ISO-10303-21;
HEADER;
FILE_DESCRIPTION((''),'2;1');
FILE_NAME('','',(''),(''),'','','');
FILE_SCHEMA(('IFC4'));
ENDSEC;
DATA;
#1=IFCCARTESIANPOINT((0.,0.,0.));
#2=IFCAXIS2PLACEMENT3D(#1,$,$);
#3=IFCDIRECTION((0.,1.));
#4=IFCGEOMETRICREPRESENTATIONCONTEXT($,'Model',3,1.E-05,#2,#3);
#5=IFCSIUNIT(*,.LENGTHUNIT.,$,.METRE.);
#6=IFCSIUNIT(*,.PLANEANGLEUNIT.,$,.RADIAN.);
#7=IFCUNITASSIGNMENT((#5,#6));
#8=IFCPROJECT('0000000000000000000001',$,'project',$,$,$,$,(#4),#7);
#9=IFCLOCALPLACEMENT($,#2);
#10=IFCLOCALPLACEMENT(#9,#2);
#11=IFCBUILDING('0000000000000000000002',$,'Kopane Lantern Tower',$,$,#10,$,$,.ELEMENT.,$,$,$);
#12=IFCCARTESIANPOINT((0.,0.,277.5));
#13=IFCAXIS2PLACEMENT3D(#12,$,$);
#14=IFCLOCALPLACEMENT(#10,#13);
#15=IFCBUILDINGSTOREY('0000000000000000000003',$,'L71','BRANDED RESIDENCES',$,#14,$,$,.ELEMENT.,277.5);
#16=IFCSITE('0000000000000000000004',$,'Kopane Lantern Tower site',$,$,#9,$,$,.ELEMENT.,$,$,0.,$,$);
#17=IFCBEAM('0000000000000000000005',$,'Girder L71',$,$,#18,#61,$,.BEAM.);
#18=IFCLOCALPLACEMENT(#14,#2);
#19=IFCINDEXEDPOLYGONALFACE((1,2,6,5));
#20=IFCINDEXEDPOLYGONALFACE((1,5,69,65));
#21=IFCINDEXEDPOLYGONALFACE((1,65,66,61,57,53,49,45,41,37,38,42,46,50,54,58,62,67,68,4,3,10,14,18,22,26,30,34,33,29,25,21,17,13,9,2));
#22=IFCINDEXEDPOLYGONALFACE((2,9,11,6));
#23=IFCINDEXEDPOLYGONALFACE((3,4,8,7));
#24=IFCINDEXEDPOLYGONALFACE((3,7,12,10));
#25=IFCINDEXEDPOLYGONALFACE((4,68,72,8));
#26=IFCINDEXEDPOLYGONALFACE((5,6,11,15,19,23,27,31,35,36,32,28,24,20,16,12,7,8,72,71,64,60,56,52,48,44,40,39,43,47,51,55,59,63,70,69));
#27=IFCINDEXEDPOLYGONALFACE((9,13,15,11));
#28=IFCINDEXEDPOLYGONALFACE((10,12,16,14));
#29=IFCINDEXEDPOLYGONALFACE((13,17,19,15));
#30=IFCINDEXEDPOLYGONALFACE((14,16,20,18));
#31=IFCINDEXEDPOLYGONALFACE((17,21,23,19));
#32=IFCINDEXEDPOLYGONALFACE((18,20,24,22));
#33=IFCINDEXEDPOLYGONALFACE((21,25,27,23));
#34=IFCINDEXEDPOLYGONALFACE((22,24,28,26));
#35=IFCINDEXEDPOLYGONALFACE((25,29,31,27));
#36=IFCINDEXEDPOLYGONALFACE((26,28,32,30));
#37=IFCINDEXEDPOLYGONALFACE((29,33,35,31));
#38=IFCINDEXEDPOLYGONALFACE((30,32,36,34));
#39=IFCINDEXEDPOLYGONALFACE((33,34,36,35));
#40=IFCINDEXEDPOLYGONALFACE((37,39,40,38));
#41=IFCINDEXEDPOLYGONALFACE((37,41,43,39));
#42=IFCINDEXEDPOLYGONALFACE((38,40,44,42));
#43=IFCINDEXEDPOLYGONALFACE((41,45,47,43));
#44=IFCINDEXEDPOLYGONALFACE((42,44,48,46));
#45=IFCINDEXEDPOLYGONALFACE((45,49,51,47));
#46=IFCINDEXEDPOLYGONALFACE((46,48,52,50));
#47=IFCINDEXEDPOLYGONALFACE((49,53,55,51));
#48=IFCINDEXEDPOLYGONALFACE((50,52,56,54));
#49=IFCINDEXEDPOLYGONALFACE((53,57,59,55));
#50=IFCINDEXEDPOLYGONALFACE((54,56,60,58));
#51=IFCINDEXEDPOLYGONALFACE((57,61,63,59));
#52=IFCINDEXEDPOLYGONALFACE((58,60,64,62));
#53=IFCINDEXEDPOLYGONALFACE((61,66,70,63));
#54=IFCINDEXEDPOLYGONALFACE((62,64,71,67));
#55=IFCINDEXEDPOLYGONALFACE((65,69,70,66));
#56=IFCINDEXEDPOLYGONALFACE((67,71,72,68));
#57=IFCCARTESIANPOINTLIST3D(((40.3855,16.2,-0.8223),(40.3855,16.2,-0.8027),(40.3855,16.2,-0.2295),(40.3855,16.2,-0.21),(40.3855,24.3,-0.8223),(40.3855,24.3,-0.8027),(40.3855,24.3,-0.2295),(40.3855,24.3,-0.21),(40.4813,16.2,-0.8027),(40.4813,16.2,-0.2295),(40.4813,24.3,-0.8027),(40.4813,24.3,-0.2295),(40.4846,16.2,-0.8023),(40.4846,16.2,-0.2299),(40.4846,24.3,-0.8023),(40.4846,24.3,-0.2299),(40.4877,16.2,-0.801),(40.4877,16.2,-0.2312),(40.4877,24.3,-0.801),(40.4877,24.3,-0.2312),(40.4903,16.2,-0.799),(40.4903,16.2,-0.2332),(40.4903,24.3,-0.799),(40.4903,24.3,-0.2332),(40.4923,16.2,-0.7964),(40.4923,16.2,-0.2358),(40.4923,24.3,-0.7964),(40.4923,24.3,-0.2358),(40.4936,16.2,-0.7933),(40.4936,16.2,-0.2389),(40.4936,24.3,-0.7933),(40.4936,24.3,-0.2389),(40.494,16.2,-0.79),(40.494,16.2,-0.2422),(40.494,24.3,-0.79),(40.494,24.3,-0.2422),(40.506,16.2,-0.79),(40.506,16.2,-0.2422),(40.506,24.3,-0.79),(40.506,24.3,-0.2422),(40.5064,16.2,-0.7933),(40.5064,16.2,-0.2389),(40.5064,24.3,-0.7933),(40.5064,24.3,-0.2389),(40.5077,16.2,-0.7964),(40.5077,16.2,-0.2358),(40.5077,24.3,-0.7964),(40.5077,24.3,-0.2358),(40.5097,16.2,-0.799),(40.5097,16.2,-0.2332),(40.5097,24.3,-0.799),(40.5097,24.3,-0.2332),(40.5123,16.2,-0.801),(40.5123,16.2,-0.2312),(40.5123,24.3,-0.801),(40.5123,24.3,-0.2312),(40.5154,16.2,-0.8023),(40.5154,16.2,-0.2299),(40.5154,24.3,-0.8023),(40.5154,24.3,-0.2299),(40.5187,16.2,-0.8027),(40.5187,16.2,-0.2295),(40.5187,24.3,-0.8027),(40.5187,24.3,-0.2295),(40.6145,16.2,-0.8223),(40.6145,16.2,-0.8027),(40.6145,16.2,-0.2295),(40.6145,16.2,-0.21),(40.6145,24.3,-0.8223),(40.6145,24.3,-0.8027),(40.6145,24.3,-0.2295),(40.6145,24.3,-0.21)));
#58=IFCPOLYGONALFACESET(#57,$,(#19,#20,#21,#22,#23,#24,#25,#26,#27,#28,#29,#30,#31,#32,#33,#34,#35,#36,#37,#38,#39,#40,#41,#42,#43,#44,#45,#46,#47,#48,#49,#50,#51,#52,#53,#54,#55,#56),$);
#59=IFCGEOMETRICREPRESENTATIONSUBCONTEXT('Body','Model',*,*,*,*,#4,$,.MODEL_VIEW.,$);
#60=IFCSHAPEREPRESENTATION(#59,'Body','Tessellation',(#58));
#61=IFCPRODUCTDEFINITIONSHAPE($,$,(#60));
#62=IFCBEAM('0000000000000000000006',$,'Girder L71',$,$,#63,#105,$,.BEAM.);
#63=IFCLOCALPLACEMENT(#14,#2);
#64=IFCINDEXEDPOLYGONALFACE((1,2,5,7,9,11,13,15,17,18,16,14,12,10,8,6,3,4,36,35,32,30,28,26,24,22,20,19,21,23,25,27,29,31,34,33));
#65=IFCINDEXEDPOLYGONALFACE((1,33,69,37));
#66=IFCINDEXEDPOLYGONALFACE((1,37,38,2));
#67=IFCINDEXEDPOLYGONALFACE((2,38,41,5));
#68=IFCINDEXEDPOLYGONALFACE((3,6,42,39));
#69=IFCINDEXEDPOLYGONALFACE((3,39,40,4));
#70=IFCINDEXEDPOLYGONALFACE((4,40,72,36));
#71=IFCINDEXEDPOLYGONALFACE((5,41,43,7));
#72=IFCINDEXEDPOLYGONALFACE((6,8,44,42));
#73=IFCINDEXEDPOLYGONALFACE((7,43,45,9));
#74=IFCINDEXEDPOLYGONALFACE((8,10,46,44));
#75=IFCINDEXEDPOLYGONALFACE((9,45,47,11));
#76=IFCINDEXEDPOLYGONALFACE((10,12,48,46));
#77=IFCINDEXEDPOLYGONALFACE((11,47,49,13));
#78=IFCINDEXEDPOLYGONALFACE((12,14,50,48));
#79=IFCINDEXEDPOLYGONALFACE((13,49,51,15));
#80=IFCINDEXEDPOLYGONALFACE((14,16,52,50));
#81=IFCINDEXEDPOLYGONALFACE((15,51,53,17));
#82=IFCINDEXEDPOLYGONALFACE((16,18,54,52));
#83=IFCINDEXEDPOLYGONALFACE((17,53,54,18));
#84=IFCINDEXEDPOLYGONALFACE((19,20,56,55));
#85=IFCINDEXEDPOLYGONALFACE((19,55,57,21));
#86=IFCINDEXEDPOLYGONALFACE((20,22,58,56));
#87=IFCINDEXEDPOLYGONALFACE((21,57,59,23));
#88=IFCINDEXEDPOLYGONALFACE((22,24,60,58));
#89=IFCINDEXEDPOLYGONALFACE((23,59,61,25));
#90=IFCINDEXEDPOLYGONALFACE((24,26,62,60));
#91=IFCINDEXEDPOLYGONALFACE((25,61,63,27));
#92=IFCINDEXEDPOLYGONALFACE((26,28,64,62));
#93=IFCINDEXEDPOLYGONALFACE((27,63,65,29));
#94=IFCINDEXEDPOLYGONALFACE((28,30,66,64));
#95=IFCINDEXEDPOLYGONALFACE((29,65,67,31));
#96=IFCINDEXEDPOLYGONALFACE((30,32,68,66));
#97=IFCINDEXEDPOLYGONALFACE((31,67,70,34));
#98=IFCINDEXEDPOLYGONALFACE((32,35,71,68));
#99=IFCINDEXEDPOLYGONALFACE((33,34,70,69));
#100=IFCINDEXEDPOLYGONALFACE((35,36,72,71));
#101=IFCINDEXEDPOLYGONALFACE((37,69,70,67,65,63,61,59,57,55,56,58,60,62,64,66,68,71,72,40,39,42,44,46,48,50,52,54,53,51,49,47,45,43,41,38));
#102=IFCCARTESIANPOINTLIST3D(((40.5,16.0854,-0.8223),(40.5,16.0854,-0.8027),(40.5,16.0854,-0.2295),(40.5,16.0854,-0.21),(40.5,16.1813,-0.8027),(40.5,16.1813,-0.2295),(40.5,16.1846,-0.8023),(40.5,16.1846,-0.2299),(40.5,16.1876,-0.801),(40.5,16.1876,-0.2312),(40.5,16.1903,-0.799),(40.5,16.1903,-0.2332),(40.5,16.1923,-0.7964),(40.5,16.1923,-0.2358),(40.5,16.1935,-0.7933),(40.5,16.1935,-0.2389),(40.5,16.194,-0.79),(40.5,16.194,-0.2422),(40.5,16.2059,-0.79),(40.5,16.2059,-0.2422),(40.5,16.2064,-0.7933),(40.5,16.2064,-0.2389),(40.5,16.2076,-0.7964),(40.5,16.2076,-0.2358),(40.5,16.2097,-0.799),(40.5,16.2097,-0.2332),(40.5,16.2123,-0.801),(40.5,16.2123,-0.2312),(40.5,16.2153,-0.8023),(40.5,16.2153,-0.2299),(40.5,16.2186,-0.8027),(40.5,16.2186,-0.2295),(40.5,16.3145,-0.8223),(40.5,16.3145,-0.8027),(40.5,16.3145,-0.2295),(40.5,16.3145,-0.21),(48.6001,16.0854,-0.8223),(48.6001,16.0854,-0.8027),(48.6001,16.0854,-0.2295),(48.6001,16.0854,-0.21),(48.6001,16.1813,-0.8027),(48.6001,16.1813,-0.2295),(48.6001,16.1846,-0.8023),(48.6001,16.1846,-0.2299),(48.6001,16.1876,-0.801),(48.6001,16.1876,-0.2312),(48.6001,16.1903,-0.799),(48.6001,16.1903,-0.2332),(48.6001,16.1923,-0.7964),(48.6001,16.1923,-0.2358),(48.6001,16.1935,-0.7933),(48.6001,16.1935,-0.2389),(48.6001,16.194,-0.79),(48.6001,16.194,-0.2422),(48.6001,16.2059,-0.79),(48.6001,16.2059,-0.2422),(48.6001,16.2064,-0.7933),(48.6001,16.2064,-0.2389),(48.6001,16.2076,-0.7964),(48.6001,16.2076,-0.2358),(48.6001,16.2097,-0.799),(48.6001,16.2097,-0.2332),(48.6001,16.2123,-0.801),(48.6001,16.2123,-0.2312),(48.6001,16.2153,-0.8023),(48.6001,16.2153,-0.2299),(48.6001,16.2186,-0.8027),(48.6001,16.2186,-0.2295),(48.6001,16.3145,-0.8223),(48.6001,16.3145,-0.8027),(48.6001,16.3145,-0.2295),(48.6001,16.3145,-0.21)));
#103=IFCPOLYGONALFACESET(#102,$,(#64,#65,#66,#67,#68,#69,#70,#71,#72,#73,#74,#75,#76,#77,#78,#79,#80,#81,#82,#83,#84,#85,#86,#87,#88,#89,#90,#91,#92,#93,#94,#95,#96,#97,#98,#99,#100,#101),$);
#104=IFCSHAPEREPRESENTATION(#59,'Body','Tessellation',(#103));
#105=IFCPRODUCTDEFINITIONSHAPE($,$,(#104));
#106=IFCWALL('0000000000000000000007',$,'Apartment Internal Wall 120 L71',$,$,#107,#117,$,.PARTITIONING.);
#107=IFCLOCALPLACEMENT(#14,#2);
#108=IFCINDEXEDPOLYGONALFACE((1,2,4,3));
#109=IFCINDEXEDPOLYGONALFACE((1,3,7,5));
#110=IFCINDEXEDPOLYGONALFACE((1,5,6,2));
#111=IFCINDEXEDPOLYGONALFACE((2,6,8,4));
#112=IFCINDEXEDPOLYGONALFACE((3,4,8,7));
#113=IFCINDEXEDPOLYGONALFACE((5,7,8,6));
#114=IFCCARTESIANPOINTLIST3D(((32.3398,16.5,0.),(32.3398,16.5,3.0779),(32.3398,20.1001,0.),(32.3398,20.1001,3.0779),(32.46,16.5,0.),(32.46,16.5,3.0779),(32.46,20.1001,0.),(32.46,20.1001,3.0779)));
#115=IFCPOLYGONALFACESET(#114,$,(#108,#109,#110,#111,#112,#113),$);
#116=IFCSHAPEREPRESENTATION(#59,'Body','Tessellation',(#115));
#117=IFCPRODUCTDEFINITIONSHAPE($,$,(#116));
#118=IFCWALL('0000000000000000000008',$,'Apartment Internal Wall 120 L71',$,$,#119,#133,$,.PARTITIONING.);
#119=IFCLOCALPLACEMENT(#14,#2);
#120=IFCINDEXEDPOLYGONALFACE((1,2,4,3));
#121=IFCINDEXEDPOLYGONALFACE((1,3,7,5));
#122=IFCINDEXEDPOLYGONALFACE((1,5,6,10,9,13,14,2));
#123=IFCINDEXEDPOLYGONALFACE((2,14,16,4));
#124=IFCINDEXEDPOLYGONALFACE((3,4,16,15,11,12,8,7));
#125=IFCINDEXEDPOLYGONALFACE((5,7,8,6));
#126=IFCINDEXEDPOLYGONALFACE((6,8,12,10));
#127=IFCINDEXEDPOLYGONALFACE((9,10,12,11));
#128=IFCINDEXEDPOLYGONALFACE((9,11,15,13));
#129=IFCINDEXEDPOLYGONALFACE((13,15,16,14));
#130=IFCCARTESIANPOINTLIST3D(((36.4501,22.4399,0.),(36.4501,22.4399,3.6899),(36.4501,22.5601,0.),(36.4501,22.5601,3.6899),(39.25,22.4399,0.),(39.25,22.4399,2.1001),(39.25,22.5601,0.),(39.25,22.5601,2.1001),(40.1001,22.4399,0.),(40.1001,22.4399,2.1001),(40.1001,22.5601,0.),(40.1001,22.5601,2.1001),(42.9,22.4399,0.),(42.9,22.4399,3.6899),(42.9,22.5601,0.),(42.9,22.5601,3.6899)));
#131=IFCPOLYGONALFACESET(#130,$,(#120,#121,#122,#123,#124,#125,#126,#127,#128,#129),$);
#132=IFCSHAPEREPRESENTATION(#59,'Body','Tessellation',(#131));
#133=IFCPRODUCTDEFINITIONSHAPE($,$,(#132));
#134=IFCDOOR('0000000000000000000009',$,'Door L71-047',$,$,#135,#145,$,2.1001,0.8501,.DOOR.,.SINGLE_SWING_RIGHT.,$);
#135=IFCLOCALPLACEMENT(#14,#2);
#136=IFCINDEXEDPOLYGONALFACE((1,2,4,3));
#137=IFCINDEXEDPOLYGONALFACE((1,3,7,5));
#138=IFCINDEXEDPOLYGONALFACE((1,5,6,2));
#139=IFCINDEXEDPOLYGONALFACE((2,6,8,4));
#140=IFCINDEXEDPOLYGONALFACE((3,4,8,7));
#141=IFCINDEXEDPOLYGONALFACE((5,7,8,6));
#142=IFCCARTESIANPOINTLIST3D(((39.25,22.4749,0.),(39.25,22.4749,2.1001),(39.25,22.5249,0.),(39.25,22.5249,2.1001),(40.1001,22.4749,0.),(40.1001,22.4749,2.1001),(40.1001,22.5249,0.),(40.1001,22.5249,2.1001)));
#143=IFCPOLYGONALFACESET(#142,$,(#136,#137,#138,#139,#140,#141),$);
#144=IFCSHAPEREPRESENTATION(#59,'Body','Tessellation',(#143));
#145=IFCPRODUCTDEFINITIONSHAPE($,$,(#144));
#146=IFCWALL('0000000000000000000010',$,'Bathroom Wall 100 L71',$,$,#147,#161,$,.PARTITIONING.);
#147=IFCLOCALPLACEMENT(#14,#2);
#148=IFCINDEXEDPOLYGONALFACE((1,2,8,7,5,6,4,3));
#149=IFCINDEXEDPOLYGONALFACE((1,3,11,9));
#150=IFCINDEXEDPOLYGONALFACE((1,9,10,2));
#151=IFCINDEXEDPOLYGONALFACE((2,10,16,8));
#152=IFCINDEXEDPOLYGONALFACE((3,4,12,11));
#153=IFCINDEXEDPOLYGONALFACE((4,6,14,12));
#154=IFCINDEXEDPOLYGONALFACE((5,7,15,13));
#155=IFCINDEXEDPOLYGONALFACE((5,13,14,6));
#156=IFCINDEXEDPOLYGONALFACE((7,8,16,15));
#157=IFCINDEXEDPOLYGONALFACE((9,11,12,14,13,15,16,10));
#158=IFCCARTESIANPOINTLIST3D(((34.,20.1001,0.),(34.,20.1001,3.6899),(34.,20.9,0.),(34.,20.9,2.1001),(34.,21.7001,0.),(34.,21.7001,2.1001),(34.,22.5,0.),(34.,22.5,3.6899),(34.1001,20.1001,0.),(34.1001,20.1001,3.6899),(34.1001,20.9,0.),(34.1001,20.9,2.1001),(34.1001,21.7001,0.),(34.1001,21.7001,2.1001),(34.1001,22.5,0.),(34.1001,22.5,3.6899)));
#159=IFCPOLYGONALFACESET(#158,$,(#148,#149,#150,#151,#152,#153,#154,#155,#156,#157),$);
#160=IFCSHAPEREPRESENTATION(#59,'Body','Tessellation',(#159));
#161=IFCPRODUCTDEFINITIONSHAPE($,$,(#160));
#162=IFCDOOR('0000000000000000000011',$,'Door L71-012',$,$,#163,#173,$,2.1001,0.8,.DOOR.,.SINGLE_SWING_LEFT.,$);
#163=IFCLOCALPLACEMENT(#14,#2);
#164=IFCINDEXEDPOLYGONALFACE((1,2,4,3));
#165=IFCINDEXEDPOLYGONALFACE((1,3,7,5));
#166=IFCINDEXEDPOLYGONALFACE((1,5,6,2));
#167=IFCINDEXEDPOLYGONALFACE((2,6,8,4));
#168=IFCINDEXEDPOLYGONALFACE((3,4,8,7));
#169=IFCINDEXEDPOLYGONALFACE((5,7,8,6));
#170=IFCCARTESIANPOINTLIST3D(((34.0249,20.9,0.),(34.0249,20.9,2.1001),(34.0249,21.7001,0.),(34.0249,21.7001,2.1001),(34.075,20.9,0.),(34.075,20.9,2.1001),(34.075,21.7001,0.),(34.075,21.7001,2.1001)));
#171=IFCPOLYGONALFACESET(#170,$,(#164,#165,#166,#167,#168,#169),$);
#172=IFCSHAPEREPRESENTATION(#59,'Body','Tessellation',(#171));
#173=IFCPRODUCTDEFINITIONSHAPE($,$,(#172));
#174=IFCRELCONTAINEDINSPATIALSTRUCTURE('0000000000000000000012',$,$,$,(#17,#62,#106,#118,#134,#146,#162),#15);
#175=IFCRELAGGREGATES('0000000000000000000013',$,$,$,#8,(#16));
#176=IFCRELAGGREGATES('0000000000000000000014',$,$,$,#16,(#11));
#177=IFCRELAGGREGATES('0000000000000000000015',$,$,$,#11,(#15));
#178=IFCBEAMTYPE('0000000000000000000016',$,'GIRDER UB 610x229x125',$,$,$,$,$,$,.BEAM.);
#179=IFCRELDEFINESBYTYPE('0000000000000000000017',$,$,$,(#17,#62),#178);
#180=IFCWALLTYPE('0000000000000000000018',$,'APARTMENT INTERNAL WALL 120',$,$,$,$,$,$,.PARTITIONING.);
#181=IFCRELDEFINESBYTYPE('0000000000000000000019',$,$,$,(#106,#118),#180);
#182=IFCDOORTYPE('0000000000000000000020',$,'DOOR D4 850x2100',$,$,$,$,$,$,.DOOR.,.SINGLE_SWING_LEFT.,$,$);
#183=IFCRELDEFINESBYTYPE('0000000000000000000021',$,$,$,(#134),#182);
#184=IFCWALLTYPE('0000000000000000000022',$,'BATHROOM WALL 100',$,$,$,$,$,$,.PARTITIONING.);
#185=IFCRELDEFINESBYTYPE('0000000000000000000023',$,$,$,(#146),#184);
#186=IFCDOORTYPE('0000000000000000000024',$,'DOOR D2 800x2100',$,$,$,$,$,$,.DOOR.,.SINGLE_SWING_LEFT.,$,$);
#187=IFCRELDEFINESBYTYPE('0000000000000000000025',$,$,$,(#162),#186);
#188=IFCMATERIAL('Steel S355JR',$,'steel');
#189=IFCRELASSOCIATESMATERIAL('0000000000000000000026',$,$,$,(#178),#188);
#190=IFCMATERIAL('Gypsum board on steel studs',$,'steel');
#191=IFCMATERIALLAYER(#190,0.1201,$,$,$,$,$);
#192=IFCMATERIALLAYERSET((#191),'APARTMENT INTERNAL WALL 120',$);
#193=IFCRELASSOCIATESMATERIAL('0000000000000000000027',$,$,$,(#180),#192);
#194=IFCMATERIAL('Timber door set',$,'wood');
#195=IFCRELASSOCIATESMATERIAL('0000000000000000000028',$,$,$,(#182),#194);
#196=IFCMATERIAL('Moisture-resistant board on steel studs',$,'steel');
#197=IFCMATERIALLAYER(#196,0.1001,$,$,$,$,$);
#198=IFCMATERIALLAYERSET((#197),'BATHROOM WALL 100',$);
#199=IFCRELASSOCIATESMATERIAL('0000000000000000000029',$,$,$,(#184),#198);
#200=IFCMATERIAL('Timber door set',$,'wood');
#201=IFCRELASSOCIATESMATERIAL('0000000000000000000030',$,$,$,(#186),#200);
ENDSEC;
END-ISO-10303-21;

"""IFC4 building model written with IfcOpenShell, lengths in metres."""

from ifc_helpers import new_model, si_unit, direction, frame, frame_2d, origin, origin_2d, place, context, subcontext, project, spatial, rectangle, i_section, extrude, material, layer, layer_set, material_profile, profile_set, type_object, element, fill, save


model = new_model("IFC4")

# Units and contexts
model_context = context("Model", 3, precision=1e-05, world=origin(), true_north=direction((0.0, 1.0)))
body_context = subcontext(model_context, "Body", "Model", "MODEL_VIEW")
ifc_project = project(units=[si_unit("LENGTHUNIT", "METRE"), si_unit("PLANEANGLEUNIT", "RADIAN")], contexts=[model_context])

# Site, building, storey
site_placement = place(None, origin())
site = spatial("IfcSite", under=ifc_project, at=site_placement, Name="Kopane Lantern Tower site", CompositionType="ELEMENT", RefElevation=0.0)
building_placement = place(site_placement, origin())
building = spatial("IfcBuilding", under=site, at=building_placement, Name="Kopane Lantern Tower", CompositionType="ELEMENT")
storey_placement = place(building_placement, frame((0.0, 0.0, 277.5)))
storey = spatial("IfcBuildingStorey", under=building, at=storey_placement, Name="L71", Description="BRANDED RESIDENCES", CompositionType="ELEMENT", Elevation=277.5)

# Beams
ifc_material_1 = material(Name="Steel S355JR", Category="steel")
ifc_material_profile_1 = material_profile(ifc_material_1, i_section(OverallWidth=0.229, OverallDepth=0.6123, WebThickness=0.012, FlangeThickness=0.0195, FilletRadius=0.0127, at=origin_2d()), Name="UB 610x229x125")
ifc_profile_set_1 = profile_set([ifc_material_profile_1], Name="Steel S355JR")
beam_type_1 = type_object("IfcBeamType", Name="GIRDER UB 610x229x125", PredefinedType="BEAM", material=ifc_profile_set_1)
for number, where, z_axis, x_axis, name in (
    (1, (40.5, 16.2, -0.5161), (0.0, 1.0, 0.0), (-1.0, 0.0, 0.0), "Girder L71"),
    (2, (40.5, 16.2, -0.5161), (1.0, 0.0, 0.0), (0.0, 1.0, 0.0), "Girder L71"),
):
    element("IfcBeam", number, at=place(storey_placement, frame(where, z_axis=z_axis, x_axis=x_axis)), inside=storey, type_object=beam_type_1, Name=name, PredefinedType="BEAM", context=body_context, shape_type="SweptSolid", body=[
        extrude(i_section(OverallWidth=0.229, OverallDepth=0.6123, WebThickness=0.012, FlangeThickness=0.0195, FilletRadius=0.0127, at=origin_2d()), origin(), (0.0, 0.0, 1.0), 8.1001),
    ])

# Wall
ifc_material_2 = material(Name="Gypsum board on steel studs", Category="steel")
ifc_layer_1 = layer(ifc_material_2, 0.1201)
ifc_layer_set_1 = layer_set([ifc_layer_1], Name="APARTMENT INTERNAL WALL 120")
wall_type_1 = type_object("IfcWallType", Name="APARTMENT INTERNAL WALL 120", PredefinedType="PARTITIONING", material=ifc_layer_set_1)
wall_1_placement = place(storey_placement, frame((32.3999, 20.1001, 0.0), z_axis=(0.0, 0.0, 1.0), x_axis=(0.0, -1.0, 0.0)))
element("IfcWall", 3, at=wall_1_placement, inside=storey, type_object=wall_type_1, Name="Apartment Internal Wall 120 L71", PredefinedType="PARTITIONING", context=body_context, shape_type="SweptSolid", body=[
    extrude(rectangle(XDim=3.6001, YDim=0.1201, at=frame_2d((1.8, 0.0))), origin(), (0.0, 0.0, 1.0), 3.0779),
])

# Walls, openings, doors
wall_2_placement = place(storey_placement, frame((36.45, 22.5, 0.0), z_axis=(0.0, 0.0, 1.0), x_axis=(1.0, 0.0, 0.0)))
wall_2 = element("IfcWall", 4, at=wall_2_placement, inside=storey, type_object=wall_type_1, Name="Apartment Internal Wall 120 L71", PredefinedType="PARTITIONING", context=body_context, shape_type="SweptSolid", body=[
    extrude(rectangle(XDim=6.45, YDim=0.1201, at=frame_2d((3.2251, 0.0))), origin(), (0.0, 0.0, 1.0), 3.6899),
])
opening_1_placement = place(wall_2_placement, frame((2.8, 0.0, 0.0)))
opening_1 = element("IfcOpeningElement", 5, at=opening_1_placement, cuts=wall_2, PredefinedType="OPENING", context=body_context, shape_type="SweptSolid", body=[
    extrude(rectangle(XDim=0.8501, YDim=2.1001, at=frame_2d((0.425, 1.05))), frame((0.0, 0.0701, 0.0), z_axis=(0.0, -1.0, 0.0), x_axis=(1.0, 0.0, 0.0)), (0.0, 0.0, 1.0), 0.1401),
])
ifc_material_3 = material(Name="Timber door set", Category="wood")
door_type_1 = type_object("IfcDoorType", Name="DOOR D4 850x2100", OperationType="SINGLE_SWING_LEFT", PredefinedType="DOOR", material=ifc_material_3)
door_1_placement = place(opening_1_placement, origin())
door_1 = element("IfcDoor", 6, at=door_1_placement, inside=storey, type_object=door_type_1, Name="Door L71-047", OperationType="SINGLE_SWING_RIGHT", OverallHeight=2.1001, OverallWidth=0.8501, PredefinedType="DOOR", context=body_context, shape_type="SweptSolid", body=[
    extrude(rectangle(XDim=0.8501, YDim=2.1001, at=frame_2d((0.425, 1.05))), frame((0.0, 0.0249, 0.0), z_axis=(0.0, -1.0, 0.0), x_axis=(1.0, 0.0, 0.0)), (0.0, 0.0, 1.0), 0.05),
])
fill(opening_1, door_1)
ifc_material_4 = material(Name="Moisture-resistant board on steel studs", Category="steel")
ifc_layer_2 = layer(ifc_material_4, 0.1001)
ifc_layer_set_2 = layer_set([ifc_layer_2], Name="BATHROOM WALL 100")
wall_type_2 = type_object("IfcWallType", Name="BATHROOM WALL 100", PredefinedType="PARTITIONING", material=ifc_layer_set_2)
wall_3_placement = place(storey_placement, frame((34.05, 22.5, 0.0), z_axis=(0.0, 0.0, 1.0), x_axis=(0.0, -1.0, 0.0)))
wall_3 = element("IfcWall", 7, at=wall_3_placement, inside=storey, type_object=wall_type_2, Name="Bathroom Wall 100 L71", PredefinedType="PARTITIONING", context=body_context, shape_type="SweptSolid", body=[
    extrude(rectangle(XDim=2.3999, YDim=0.1001, at=frame_2d((1.2, 0.0))), origin(), (0.0, 0.0, 1.0), 3.6899),
])
opening_2_placement = place(wall_3_placement, frame((0.8, 0.0, 0.0)))
opening_2 = element("IfcOpeningElement", 8, at=opening_2_placement, cuts=wall_3, PredefinedType="OPENING", context=body_context, shape_type="SweptSolid", body=[
    extrude(rectangle(XDim=0.8, YDim=2.1001, at=frame_2d((0.3999, 1.05))), frame((0.0, 0.0601, 0.0), z_axis=(0.0, -1.0, 0.0), x_axis=(1.0, 0.0, 0.0)), (0.0, 0.0, 1.0), 0.1201),
])
ifc_material_5 = material(Name="Timber door set", Category="wood")
door_type_2 = type_object("IfcDoorType", Name="DOOR D2 800x2100", OperationType="SINGLE_SWING_LEFT", PredefinedType="DOOR", material=ifc_material_5)
door_2_placement = place(opening_2_placement, origin())
door_2 = element("IfcDoor", 9, at=door_2_placement, inside=storey, type_object=door_type_2, Name="Door L71-012", OperationType="SINGLE_SWING_LEFT", OverallHeight=2.1001, OverallWidth=0.8, PredefinedType="DOOR", context=body_context, shape_type="SweptSolid", body=[
    extrude(rectangle(XDim=0.8, YDim=2.1001, at=frame_2d((0.3999, 1.05))), frame((0.0, 0.0249, 0.0), z_axis=(0.0, -1.0, 0.0), x_axis=(1.0, 0.0, 0.0)), (0.0, 0.0, 1.0), 0.05),
])
fill(opening_2, door_2)

save(model, "model.ifc")
